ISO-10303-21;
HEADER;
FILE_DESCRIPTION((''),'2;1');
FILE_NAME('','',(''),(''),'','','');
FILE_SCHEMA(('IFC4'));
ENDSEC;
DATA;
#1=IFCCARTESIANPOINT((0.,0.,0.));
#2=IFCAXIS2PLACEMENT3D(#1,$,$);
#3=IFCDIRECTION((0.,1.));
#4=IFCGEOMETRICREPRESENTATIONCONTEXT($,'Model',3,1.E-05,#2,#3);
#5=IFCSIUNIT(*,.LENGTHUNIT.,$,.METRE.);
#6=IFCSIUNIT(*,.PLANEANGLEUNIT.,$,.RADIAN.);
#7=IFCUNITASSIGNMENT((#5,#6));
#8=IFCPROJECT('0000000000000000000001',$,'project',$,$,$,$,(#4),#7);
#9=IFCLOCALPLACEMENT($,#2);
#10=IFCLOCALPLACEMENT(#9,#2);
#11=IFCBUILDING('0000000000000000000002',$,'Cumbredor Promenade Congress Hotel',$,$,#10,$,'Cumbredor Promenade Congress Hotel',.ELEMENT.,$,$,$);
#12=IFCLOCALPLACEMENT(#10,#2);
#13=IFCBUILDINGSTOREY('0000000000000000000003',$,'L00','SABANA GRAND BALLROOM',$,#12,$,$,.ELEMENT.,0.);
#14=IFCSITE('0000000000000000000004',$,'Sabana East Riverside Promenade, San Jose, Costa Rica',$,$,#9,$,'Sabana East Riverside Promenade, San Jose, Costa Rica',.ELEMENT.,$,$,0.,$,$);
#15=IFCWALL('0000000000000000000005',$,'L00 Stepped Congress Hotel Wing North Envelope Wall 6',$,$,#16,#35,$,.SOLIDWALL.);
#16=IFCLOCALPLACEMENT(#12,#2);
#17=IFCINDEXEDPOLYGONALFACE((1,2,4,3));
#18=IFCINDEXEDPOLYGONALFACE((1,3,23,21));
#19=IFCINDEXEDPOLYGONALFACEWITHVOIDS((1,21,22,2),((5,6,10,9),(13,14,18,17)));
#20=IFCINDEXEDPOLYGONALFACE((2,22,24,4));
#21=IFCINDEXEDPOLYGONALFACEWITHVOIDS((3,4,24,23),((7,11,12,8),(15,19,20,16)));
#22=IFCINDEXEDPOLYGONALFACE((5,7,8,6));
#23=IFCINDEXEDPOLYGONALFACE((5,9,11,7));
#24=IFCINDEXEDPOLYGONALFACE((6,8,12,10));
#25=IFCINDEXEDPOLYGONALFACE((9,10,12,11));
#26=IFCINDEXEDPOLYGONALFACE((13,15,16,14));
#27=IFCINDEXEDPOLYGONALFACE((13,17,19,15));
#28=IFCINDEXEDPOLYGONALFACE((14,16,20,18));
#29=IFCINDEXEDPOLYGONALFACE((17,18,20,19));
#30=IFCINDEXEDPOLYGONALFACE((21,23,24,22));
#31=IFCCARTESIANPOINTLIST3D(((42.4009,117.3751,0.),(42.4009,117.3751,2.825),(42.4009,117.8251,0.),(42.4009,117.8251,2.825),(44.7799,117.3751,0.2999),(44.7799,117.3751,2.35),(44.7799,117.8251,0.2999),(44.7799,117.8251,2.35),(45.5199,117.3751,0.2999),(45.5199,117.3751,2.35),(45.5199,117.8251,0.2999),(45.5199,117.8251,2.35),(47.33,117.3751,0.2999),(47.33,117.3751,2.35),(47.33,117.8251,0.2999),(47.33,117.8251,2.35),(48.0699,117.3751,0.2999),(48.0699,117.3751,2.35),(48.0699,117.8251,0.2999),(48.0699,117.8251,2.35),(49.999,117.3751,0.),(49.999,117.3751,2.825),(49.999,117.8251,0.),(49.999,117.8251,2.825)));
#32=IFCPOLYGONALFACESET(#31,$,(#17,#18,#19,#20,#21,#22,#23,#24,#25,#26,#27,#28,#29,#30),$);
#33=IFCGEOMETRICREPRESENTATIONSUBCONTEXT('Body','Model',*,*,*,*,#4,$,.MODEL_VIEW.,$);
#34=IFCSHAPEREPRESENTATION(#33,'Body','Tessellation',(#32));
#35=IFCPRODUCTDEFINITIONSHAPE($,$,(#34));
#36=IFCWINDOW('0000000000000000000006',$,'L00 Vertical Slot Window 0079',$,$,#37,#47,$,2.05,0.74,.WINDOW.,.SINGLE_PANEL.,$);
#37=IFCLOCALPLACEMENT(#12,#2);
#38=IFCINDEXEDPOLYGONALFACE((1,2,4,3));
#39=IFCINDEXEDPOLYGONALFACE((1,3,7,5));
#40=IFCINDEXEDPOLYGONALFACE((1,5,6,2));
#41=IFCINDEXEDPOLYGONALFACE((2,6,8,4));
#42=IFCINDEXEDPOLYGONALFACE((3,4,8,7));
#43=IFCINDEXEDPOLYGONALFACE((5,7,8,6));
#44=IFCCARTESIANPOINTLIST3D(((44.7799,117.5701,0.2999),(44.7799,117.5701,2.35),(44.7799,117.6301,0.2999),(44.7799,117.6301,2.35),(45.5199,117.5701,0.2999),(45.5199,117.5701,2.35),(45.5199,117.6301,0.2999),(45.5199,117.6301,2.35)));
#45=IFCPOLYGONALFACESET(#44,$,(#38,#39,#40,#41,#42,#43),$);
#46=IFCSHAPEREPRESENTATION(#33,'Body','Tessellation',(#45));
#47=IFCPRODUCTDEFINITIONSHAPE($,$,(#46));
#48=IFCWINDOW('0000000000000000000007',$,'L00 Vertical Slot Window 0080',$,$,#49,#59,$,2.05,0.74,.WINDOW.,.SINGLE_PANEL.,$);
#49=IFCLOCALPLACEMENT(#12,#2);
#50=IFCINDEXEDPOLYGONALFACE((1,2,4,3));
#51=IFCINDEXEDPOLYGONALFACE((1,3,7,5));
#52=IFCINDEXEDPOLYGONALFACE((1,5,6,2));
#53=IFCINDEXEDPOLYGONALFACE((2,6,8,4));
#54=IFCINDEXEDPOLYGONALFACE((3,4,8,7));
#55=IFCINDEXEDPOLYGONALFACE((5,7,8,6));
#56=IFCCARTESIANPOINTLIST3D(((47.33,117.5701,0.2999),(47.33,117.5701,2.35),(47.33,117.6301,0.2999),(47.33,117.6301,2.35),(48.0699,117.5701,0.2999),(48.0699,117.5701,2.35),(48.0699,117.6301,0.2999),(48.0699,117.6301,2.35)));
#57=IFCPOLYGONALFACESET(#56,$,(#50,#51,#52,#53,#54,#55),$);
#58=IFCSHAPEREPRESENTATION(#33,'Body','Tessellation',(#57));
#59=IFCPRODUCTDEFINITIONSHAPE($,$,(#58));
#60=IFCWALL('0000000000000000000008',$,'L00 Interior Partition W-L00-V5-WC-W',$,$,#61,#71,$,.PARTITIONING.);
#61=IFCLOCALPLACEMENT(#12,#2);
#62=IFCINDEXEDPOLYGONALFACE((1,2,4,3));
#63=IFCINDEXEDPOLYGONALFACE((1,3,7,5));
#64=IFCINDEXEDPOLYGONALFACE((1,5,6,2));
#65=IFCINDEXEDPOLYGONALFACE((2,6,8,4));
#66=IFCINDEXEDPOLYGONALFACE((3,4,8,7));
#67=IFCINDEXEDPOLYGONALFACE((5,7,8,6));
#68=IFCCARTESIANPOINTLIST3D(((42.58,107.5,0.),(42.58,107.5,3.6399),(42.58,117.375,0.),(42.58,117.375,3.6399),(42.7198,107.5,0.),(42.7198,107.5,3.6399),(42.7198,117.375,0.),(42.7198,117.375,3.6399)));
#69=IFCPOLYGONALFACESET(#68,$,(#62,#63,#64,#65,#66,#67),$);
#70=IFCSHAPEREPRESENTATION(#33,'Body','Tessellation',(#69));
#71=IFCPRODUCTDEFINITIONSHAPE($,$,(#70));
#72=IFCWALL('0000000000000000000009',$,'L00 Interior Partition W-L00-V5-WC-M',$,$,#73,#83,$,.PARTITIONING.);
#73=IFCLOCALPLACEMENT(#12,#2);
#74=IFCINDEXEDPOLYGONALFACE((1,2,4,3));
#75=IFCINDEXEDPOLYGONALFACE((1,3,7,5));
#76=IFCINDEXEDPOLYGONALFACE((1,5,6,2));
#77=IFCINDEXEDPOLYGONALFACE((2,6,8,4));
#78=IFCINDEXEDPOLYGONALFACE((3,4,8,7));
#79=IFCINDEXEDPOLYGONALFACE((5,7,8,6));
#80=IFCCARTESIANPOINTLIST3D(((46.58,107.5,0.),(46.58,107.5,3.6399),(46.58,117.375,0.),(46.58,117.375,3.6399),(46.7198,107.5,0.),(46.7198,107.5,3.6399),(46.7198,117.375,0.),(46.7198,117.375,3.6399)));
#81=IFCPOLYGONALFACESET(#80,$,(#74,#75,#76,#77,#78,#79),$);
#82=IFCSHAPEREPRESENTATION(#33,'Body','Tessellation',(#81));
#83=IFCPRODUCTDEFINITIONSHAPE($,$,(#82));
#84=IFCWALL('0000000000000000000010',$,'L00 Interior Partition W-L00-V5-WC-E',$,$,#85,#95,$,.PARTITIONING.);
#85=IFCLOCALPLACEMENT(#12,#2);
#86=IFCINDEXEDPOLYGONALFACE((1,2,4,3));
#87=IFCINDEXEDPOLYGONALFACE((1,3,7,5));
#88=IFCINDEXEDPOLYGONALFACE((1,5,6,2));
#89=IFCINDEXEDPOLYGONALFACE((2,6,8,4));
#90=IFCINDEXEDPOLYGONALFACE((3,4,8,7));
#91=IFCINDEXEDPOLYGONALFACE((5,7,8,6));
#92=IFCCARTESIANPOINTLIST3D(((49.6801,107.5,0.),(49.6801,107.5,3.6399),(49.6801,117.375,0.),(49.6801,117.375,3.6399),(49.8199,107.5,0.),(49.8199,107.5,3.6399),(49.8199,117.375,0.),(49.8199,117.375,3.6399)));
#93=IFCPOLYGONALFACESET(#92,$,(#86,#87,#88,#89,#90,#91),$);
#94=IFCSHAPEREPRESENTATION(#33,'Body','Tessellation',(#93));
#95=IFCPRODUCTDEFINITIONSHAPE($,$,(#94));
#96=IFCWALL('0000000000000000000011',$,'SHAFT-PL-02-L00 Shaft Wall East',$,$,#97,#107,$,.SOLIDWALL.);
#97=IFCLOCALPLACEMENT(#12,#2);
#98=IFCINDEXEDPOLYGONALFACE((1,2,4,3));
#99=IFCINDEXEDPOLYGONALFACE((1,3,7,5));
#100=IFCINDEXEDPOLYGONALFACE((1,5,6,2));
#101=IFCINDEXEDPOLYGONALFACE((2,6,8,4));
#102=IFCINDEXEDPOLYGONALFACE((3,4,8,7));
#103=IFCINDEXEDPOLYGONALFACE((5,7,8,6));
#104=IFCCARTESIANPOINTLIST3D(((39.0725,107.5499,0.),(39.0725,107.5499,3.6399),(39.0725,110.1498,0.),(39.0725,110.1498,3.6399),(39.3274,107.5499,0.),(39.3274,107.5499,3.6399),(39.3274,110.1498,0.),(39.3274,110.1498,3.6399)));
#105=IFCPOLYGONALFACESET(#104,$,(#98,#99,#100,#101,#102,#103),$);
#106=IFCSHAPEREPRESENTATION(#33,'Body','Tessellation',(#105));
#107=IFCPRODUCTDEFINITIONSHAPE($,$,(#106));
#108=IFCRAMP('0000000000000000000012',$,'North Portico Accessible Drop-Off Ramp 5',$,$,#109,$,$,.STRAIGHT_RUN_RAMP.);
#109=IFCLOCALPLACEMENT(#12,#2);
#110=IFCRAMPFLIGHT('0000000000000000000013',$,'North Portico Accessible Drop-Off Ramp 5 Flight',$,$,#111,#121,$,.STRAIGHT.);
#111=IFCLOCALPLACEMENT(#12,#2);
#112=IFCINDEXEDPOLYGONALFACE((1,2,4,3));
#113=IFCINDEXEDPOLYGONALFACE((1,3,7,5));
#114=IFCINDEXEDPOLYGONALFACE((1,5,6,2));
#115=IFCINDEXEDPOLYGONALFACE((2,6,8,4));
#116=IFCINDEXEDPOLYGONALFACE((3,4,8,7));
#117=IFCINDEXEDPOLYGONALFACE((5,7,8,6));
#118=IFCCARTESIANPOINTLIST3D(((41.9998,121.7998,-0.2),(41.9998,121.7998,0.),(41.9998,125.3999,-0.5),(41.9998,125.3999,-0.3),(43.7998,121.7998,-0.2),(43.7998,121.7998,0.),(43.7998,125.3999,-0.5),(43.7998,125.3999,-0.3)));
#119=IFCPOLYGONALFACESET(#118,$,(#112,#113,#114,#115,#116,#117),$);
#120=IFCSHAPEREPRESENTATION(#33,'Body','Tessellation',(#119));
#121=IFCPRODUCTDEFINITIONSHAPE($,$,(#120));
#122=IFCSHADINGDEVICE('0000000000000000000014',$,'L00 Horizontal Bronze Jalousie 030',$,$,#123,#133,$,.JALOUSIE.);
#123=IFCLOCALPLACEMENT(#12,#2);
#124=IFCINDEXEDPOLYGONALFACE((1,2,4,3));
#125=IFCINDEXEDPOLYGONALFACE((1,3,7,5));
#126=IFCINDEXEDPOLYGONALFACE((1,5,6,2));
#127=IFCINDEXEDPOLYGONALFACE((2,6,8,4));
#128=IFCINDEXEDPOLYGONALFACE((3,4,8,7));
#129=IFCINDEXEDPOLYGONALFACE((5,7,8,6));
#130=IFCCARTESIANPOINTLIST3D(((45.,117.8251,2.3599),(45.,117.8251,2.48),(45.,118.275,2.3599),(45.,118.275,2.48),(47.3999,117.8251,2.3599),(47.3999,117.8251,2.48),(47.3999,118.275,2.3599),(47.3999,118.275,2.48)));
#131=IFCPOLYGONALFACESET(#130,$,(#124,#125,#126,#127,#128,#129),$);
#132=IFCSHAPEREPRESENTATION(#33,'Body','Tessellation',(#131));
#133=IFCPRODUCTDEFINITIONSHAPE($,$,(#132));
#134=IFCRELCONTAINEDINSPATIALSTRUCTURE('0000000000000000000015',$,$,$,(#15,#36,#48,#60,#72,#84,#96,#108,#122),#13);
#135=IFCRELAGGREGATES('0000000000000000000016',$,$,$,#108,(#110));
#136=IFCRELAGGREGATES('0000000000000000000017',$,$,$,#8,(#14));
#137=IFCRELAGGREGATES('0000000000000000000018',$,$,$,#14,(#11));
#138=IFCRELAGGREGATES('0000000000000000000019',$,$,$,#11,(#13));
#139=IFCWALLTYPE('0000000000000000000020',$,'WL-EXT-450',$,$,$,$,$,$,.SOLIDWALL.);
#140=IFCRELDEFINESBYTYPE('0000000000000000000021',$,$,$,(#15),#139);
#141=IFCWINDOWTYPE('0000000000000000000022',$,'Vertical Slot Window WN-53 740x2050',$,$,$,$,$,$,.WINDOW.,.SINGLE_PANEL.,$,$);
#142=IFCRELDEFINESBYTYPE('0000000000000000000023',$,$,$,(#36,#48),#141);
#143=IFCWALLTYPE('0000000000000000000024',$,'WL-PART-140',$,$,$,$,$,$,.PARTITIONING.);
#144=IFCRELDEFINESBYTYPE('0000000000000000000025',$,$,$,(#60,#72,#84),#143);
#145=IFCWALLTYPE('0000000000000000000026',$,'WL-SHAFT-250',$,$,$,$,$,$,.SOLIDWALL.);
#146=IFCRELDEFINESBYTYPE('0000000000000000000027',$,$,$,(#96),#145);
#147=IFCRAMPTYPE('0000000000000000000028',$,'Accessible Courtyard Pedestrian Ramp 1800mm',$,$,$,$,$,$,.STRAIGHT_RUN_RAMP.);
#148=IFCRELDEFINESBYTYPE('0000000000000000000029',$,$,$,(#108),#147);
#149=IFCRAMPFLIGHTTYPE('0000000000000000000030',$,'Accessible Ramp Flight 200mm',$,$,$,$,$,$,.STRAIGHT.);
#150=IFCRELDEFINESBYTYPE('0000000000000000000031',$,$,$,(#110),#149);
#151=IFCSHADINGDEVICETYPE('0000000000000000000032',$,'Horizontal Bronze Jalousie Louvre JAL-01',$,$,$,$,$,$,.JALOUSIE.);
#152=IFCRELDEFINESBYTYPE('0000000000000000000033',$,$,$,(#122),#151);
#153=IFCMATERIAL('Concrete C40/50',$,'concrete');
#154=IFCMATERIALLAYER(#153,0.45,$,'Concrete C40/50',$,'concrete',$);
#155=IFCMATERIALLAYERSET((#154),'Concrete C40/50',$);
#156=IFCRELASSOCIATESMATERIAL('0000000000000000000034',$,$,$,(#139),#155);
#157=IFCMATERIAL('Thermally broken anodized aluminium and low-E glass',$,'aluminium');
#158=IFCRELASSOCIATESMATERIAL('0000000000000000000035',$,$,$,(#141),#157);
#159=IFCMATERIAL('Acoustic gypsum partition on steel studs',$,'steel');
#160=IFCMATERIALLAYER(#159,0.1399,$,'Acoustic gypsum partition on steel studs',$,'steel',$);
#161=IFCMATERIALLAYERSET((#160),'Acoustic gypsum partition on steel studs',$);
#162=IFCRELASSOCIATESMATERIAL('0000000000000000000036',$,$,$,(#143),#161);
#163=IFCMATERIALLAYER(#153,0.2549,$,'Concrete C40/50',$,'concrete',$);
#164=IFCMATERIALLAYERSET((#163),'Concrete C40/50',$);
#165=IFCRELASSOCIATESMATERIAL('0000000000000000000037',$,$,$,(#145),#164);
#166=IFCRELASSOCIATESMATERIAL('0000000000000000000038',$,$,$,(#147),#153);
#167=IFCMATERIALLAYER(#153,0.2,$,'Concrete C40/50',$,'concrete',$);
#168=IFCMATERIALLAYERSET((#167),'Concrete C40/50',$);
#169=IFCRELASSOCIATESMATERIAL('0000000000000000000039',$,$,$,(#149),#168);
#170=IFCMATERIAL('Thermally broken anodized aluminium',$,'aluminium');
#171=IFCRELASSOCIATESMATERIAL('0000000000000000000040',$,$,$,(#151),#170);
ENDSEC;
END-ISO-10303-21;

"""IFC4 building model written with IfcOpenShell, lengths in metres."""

from ifc_helpers import new_model, si_unit, direction, frame, frame_2d, origin, origin_2d, place, context, subcontext, project, spatial, polyline, rectangle, outline, extrude, material, layer, layer_set, type_object, element, fill, aggregate, save


model = new_model("IFC4")

# Units and contexts
model_context = context("Model", 3, precision=1e-05, world=origin(), true_north=direction((0.0, 1.0)))
body_context = subcontext(model_context, "Body", "Model", "MODEL_VIEW")
ifc_project = project(units=[si_unit("LENGTHUNIT", "METRE"), si_unit("PLANEANGLEUNIT", "RADIAN")], contexts=[model_context])

# Site, building, storey
site_placement = place(None, origin())
site = spatial("IfcSite", under=ifc_project, at=site_placement, Name="Sabana East Riverside Promenade, San Jose, Costa Rica", LongName="Sabana East Riverside Promenade, San Jose, Costa Rica", CompositionType="ELEMENT", RefElevation=0.0)
building_placement = place(site_placement, origin())
building = spatial("IfcBuilding", under=site, at=building_placement, Name="Cumbredor Promenade Congress Hotel", LongName="Cumbredor Promenade Congress Hotel", CompositionType="ELEMENT")
storey_placement = place(building_placement, origin())
storey = spatial("IfcBuildingStorey", under=building, at=storey_placement, Name="L00", Description="SABANA GRAND BALLROOM", CompositionType="ELEMENT", Elevation=0.0)

# Shared definitions
ifc_material_1 = material(Name="Concrete C40/50", Category="concrete")

# Shared definitions
ifc_material_2 = material(Name="Thermally broken anodized aluminium and low-E glass", Category="aluminium")
ifc_material_3 = material(Name="Thermally broken anodized aluminium", Category="aluminium")

# Wall, openings, windows
ifc_layer_1 = layer(ifc_material_1, 0.45, Name="Concrete C40/50", Category="concrete")
ifc_layer_set_1 = layer_set([ifc_layer_1], Name="Concrete C40/50")
wall_type_1 = type_object("IfcWallType", Name="WL-EXT-450", PredefinedType="SOLIDWALL", material=ifc_layer_set_1)
wall_1_placement = place(storey_placement, frame((42.4009, 117.6001, 0.0), z_axis=(0.0, 0.0, 1.0), x_axis=(1.0, 0.0, 0.0)))
wall_1 = element("IfcWall", 1, at=wall_1_placement, inside=storey, type_object=wall_type_1, Name="L00 Stepped Congress Hotel Wing North Envelope Wall 6", PredefinedType="SOLIDWALL", context=body_context, shape_type="SweptSolid", body=[
    extrude(rectangle(XDim=7.5981, YDim=0.45, at=frame_2d((3.7991, 0.0))), origin(), (0.0, 0.0, 1.0), 2.825),
])
opening_1_placement = place(wall_1_placement, frame((2.3789, 0.0, 0.3)))
opening_1 = element("IfcOpeningElement", 2, at=opening_1_placement, cuts=wall_1, PredefinedType="OPENING", context=body_context, shape_type="SweptSolid", body=[
    extrude(rectangle(XDim=0.74, YDim=2.05, at=frame_2d((0.3701, 1.0249))), frame((0.0, 0.2349, 0.0), z_axis=(0.0, -1.0, 0.0), x_axis=(1.0, 0.0, 0.0)), (0.0, 0.0, 1.0), 0.47),
])
opening_2_placement = place(wall_1_placement, frame((4.929, 0.0, 0.3)))
opening_2 = element("IfcOpeningElement", 3, at=opening_2_placement, cuts=wall_1, PredefinedType="OPENING", context=body_context, shape_type="SweptSolid", body=[
    extrude(rectangle(XDim=0.74, YDim=2.05, at=frame_2d((0.3701, 1.0249))), frame((0.0, 0.2349, 0.0), z_axis=(0.0, -1.0, 0.0), x_axis=(1.0, 0.0, 0.0)), (0.0, 0.0, 1.0), 0.47),
])
window_type = type_object("IfcWindowType", Name="Vertical Slot Window WN-53 740x2050", PartitioningType="SINGLE_PANEL", PredefinedType="WINDOW", material=ifc_material_2)
window_1_placement = place(opening_1_placement, origin())
window_1 = element("IfcWindow", 4, at=window_1_placement, inside=storey, type_object=window_type, Name="L00 Vertical Slot Window 0079", OverallHeight=2.05, OverallWidth=0.74, PartitioningType="SINGLE_PANEL", PredefinedType="WINDOW", context=body_context, shape_type="SweptSolid", body=[
    extrude(rectangle(XDim=0.74, YDim=2.05, at=frame_2d((0.3701, 1.0249))), frame((0.0, 0.03, 0.0), z_axis=(0.0, -1.0, 0.0), x_axis=(1.0, 0.0, 0.0)), (0.0, 0.0, 1.0), 0.0601),
])
fill(opening_1, window_1)
window_2_placement = place(opening_2_placement, origin())
window_2 = element("IfcWindow", 5, at=window_2_placement, inside=storey, type_object=window_type, Name="L00 Vertical Slot Window 0080", OverallHeight=2.05, OverallWidth=0.74, PartitioningType="SINGLE_PANEL", PredefinedType="WINDOW", context=body_context, shape_type="SweptSolid", body=[
    extrude(rectangle(XDim=0.74, YDim=2.05, at=frame_2d((0.3701, 1.0249))), frame((0.0, 0.03, 0.0), z_axis=(0.0, -1.0, 0.0), x_axis=(1.0, 0.0, 0.0)), (0.0, 0.0, 1.0), 0.0601),
])
fill(opening_2, window_2)

# Walls
ifc_material_4 = material(Name="Acoustic gypsum partition on steel studs", Category="steel")
ifc_layer_2 = layer(ifc_material_4, 0.1399, Name="Acoustic gypsum partition on steel studs", Category="steel")
ifc_layer_set_2 = layer_set([ifc_layer_2], Name="Acoustic gypsum partition on steel studs")
wall_type_2 = type_object("IfcWallType", Name="WL-PART-140", PredefinedType="PARTITIONING", material=ifc_layer_set_2)
for number, where, z_axis, x_axis, name in (
    (6, (42.6499, 107.5, 0.0), (0.0, 0.0, 1.0), (0.0, 1.0, 0.0), "L00 Interior Partition W-L00-V5-WC-W"),
    (7, (46.6499, 107.5, 0.0), (0.0, 0.0, 1.0), (0.0, 1.0, 0.0), "L00 Interior Partition W-L00-V5-WC-M"),
    (8, (49.75, 107.5, 0.0), (0.0, 0.0, 1.0), (0.0, 1.0, 0.0), "L00 Interior Partition W-L00-V5-WC-E"),
):
    element("IfcWall", number, at=place(storey_placement, frame(where, z_axis=z_axis, x_axis=x_axis)), inside=storey, type_object=wall_type_2, Name=name, PredefinedType="PARTITIONING", context=body_context, shape_type="SweptSolid", body=[
        extrude(rectangle(XDim=9.875, YDim=0.1399, at=frame_2d((4.9375, 0.0))), origin(), (0.0, 0.0, 1.0), 3.6399),
    ])
ifc_layer_3 = layer(ifc_material_1, 0.2549, Name="Concrete C40/50", Category="concrete")
ifc_layer_set_3 = layer_set([ifc_layer_3], Name="Concrete C40/50")
wall_type_3 = type_object("IfcWallType", Name="WL-SHAFT-250", PredefinedType="SOLIDWALL", material=ifc_layer_set_3)
wall_2_placement = place(storey_placement, frame((39.2, 107.55, 0.0), z_axis=(0.0, 0.0, 1.0), x_axis=(0.0, 1.0, 0.0)))
element("IfcWall", 9, at=wall_2_placement, inside=storey, type_object=wall_type_3, Name="SHAFT-PL-02-L00 Shaft Wall East", PredefinedType="SOLIDWALL", context=body_context, shape_type="SweptSolid", body=[
    extrude(rectangle(XDim=2.5999, YDim=0.2549, at=frame_2d((1.2998, 0.0))), origin(), (0.0, 0.0, 1.0), 3.6399),
])

# Ramp, ramp flight
ramp_type = type_object("IfcRampType", Name="Accessible Courtyard Pedestrian Ramp 1800mm", PredefinedType="STRAIGHT_RUN_RAMP", material=ifc_material_1)
ramp_placement = place(storey_placement, origin())
ramp = element("IfcRamp", 10, at=ramp_placement, inside=storey, type_object=ramp_type, Name="North Portico Accessible Drop-Off Ramp 5", PredefinedType="STRAIGHT_RUN_RAMP")
ifc_layer_4 = layer(ifc_material_1, 0.2, Name="Concrete C40/50", Category="concrete")
ifc_layer_set_4 = layer_set([ifc_layer_4], Name="Concrete C40/50")
ramp_flight_type = type_object("IfcRampFlightType", Name="Accessible Ramp Flight 200mm", PredefinedType="STRAIGHT", material=ifc_layer_set_4)
ramp_flight_placement = place(storey_placement, frame((42.8999, 125.3999, -0.3), z_axis=(0.0, 0.0, 1.0), x_axis=(0.0, -1.0, 0.0)))
ramp_flight = element("IfcRampFlight", 11, at=ramp_flight_placement, type_object=ramp_flight_type, Name="North Portico Accessible Drop-Off Ramp 5 Flight", PredefinedType="STRAIGHT", context=body_context, shape_type="SweptSolid", body=[
    extrude(outline(polyline([(0.0, -0.2), (3.6001, 0.1001), (3.6001, 0.3), (0.0, 0.0), (0.0, -0.2)])), frame((0.0, 0.8999, 0.0), z_axis=(0.0, -1.0, 0.0), x_axis=(1.0, 0.0, 0.0)), (0.0, 0.0, 1.0), 1.8),
])
aggregate(ramp, [ramp_flight])

# Shading device
shading_device_type = type_object("IfcShadingDeviceType", Name="Horizontal Bronze Jalousie Louvre JAL-01", PredefinedType="JALOUSIE", material=ifc_material_3)
shading_device_placement = place(storey_placement, frame((46.2, 118.05, 2.3599), z_axis=(0.0, 0.0, 1.0), x_axis=(1.0, 0.0, 0.0)))
element("IfcShadingDevice", 12, at=shading_device_placement, inside=storey, type_object=shading_device_type, Name="L00 Horizontal Bronze Jalousie 030", PredefinedType="JALOUSIE", context=body_context, shape_type="SweptSolid", body=[
    extrude(rectangle(XDim=2.3999, YDim=0.45, at=origin_2d()), origin(), (0.0, 0.0, 1.0), 0.1201),
])

save(model, "model.ifc")
